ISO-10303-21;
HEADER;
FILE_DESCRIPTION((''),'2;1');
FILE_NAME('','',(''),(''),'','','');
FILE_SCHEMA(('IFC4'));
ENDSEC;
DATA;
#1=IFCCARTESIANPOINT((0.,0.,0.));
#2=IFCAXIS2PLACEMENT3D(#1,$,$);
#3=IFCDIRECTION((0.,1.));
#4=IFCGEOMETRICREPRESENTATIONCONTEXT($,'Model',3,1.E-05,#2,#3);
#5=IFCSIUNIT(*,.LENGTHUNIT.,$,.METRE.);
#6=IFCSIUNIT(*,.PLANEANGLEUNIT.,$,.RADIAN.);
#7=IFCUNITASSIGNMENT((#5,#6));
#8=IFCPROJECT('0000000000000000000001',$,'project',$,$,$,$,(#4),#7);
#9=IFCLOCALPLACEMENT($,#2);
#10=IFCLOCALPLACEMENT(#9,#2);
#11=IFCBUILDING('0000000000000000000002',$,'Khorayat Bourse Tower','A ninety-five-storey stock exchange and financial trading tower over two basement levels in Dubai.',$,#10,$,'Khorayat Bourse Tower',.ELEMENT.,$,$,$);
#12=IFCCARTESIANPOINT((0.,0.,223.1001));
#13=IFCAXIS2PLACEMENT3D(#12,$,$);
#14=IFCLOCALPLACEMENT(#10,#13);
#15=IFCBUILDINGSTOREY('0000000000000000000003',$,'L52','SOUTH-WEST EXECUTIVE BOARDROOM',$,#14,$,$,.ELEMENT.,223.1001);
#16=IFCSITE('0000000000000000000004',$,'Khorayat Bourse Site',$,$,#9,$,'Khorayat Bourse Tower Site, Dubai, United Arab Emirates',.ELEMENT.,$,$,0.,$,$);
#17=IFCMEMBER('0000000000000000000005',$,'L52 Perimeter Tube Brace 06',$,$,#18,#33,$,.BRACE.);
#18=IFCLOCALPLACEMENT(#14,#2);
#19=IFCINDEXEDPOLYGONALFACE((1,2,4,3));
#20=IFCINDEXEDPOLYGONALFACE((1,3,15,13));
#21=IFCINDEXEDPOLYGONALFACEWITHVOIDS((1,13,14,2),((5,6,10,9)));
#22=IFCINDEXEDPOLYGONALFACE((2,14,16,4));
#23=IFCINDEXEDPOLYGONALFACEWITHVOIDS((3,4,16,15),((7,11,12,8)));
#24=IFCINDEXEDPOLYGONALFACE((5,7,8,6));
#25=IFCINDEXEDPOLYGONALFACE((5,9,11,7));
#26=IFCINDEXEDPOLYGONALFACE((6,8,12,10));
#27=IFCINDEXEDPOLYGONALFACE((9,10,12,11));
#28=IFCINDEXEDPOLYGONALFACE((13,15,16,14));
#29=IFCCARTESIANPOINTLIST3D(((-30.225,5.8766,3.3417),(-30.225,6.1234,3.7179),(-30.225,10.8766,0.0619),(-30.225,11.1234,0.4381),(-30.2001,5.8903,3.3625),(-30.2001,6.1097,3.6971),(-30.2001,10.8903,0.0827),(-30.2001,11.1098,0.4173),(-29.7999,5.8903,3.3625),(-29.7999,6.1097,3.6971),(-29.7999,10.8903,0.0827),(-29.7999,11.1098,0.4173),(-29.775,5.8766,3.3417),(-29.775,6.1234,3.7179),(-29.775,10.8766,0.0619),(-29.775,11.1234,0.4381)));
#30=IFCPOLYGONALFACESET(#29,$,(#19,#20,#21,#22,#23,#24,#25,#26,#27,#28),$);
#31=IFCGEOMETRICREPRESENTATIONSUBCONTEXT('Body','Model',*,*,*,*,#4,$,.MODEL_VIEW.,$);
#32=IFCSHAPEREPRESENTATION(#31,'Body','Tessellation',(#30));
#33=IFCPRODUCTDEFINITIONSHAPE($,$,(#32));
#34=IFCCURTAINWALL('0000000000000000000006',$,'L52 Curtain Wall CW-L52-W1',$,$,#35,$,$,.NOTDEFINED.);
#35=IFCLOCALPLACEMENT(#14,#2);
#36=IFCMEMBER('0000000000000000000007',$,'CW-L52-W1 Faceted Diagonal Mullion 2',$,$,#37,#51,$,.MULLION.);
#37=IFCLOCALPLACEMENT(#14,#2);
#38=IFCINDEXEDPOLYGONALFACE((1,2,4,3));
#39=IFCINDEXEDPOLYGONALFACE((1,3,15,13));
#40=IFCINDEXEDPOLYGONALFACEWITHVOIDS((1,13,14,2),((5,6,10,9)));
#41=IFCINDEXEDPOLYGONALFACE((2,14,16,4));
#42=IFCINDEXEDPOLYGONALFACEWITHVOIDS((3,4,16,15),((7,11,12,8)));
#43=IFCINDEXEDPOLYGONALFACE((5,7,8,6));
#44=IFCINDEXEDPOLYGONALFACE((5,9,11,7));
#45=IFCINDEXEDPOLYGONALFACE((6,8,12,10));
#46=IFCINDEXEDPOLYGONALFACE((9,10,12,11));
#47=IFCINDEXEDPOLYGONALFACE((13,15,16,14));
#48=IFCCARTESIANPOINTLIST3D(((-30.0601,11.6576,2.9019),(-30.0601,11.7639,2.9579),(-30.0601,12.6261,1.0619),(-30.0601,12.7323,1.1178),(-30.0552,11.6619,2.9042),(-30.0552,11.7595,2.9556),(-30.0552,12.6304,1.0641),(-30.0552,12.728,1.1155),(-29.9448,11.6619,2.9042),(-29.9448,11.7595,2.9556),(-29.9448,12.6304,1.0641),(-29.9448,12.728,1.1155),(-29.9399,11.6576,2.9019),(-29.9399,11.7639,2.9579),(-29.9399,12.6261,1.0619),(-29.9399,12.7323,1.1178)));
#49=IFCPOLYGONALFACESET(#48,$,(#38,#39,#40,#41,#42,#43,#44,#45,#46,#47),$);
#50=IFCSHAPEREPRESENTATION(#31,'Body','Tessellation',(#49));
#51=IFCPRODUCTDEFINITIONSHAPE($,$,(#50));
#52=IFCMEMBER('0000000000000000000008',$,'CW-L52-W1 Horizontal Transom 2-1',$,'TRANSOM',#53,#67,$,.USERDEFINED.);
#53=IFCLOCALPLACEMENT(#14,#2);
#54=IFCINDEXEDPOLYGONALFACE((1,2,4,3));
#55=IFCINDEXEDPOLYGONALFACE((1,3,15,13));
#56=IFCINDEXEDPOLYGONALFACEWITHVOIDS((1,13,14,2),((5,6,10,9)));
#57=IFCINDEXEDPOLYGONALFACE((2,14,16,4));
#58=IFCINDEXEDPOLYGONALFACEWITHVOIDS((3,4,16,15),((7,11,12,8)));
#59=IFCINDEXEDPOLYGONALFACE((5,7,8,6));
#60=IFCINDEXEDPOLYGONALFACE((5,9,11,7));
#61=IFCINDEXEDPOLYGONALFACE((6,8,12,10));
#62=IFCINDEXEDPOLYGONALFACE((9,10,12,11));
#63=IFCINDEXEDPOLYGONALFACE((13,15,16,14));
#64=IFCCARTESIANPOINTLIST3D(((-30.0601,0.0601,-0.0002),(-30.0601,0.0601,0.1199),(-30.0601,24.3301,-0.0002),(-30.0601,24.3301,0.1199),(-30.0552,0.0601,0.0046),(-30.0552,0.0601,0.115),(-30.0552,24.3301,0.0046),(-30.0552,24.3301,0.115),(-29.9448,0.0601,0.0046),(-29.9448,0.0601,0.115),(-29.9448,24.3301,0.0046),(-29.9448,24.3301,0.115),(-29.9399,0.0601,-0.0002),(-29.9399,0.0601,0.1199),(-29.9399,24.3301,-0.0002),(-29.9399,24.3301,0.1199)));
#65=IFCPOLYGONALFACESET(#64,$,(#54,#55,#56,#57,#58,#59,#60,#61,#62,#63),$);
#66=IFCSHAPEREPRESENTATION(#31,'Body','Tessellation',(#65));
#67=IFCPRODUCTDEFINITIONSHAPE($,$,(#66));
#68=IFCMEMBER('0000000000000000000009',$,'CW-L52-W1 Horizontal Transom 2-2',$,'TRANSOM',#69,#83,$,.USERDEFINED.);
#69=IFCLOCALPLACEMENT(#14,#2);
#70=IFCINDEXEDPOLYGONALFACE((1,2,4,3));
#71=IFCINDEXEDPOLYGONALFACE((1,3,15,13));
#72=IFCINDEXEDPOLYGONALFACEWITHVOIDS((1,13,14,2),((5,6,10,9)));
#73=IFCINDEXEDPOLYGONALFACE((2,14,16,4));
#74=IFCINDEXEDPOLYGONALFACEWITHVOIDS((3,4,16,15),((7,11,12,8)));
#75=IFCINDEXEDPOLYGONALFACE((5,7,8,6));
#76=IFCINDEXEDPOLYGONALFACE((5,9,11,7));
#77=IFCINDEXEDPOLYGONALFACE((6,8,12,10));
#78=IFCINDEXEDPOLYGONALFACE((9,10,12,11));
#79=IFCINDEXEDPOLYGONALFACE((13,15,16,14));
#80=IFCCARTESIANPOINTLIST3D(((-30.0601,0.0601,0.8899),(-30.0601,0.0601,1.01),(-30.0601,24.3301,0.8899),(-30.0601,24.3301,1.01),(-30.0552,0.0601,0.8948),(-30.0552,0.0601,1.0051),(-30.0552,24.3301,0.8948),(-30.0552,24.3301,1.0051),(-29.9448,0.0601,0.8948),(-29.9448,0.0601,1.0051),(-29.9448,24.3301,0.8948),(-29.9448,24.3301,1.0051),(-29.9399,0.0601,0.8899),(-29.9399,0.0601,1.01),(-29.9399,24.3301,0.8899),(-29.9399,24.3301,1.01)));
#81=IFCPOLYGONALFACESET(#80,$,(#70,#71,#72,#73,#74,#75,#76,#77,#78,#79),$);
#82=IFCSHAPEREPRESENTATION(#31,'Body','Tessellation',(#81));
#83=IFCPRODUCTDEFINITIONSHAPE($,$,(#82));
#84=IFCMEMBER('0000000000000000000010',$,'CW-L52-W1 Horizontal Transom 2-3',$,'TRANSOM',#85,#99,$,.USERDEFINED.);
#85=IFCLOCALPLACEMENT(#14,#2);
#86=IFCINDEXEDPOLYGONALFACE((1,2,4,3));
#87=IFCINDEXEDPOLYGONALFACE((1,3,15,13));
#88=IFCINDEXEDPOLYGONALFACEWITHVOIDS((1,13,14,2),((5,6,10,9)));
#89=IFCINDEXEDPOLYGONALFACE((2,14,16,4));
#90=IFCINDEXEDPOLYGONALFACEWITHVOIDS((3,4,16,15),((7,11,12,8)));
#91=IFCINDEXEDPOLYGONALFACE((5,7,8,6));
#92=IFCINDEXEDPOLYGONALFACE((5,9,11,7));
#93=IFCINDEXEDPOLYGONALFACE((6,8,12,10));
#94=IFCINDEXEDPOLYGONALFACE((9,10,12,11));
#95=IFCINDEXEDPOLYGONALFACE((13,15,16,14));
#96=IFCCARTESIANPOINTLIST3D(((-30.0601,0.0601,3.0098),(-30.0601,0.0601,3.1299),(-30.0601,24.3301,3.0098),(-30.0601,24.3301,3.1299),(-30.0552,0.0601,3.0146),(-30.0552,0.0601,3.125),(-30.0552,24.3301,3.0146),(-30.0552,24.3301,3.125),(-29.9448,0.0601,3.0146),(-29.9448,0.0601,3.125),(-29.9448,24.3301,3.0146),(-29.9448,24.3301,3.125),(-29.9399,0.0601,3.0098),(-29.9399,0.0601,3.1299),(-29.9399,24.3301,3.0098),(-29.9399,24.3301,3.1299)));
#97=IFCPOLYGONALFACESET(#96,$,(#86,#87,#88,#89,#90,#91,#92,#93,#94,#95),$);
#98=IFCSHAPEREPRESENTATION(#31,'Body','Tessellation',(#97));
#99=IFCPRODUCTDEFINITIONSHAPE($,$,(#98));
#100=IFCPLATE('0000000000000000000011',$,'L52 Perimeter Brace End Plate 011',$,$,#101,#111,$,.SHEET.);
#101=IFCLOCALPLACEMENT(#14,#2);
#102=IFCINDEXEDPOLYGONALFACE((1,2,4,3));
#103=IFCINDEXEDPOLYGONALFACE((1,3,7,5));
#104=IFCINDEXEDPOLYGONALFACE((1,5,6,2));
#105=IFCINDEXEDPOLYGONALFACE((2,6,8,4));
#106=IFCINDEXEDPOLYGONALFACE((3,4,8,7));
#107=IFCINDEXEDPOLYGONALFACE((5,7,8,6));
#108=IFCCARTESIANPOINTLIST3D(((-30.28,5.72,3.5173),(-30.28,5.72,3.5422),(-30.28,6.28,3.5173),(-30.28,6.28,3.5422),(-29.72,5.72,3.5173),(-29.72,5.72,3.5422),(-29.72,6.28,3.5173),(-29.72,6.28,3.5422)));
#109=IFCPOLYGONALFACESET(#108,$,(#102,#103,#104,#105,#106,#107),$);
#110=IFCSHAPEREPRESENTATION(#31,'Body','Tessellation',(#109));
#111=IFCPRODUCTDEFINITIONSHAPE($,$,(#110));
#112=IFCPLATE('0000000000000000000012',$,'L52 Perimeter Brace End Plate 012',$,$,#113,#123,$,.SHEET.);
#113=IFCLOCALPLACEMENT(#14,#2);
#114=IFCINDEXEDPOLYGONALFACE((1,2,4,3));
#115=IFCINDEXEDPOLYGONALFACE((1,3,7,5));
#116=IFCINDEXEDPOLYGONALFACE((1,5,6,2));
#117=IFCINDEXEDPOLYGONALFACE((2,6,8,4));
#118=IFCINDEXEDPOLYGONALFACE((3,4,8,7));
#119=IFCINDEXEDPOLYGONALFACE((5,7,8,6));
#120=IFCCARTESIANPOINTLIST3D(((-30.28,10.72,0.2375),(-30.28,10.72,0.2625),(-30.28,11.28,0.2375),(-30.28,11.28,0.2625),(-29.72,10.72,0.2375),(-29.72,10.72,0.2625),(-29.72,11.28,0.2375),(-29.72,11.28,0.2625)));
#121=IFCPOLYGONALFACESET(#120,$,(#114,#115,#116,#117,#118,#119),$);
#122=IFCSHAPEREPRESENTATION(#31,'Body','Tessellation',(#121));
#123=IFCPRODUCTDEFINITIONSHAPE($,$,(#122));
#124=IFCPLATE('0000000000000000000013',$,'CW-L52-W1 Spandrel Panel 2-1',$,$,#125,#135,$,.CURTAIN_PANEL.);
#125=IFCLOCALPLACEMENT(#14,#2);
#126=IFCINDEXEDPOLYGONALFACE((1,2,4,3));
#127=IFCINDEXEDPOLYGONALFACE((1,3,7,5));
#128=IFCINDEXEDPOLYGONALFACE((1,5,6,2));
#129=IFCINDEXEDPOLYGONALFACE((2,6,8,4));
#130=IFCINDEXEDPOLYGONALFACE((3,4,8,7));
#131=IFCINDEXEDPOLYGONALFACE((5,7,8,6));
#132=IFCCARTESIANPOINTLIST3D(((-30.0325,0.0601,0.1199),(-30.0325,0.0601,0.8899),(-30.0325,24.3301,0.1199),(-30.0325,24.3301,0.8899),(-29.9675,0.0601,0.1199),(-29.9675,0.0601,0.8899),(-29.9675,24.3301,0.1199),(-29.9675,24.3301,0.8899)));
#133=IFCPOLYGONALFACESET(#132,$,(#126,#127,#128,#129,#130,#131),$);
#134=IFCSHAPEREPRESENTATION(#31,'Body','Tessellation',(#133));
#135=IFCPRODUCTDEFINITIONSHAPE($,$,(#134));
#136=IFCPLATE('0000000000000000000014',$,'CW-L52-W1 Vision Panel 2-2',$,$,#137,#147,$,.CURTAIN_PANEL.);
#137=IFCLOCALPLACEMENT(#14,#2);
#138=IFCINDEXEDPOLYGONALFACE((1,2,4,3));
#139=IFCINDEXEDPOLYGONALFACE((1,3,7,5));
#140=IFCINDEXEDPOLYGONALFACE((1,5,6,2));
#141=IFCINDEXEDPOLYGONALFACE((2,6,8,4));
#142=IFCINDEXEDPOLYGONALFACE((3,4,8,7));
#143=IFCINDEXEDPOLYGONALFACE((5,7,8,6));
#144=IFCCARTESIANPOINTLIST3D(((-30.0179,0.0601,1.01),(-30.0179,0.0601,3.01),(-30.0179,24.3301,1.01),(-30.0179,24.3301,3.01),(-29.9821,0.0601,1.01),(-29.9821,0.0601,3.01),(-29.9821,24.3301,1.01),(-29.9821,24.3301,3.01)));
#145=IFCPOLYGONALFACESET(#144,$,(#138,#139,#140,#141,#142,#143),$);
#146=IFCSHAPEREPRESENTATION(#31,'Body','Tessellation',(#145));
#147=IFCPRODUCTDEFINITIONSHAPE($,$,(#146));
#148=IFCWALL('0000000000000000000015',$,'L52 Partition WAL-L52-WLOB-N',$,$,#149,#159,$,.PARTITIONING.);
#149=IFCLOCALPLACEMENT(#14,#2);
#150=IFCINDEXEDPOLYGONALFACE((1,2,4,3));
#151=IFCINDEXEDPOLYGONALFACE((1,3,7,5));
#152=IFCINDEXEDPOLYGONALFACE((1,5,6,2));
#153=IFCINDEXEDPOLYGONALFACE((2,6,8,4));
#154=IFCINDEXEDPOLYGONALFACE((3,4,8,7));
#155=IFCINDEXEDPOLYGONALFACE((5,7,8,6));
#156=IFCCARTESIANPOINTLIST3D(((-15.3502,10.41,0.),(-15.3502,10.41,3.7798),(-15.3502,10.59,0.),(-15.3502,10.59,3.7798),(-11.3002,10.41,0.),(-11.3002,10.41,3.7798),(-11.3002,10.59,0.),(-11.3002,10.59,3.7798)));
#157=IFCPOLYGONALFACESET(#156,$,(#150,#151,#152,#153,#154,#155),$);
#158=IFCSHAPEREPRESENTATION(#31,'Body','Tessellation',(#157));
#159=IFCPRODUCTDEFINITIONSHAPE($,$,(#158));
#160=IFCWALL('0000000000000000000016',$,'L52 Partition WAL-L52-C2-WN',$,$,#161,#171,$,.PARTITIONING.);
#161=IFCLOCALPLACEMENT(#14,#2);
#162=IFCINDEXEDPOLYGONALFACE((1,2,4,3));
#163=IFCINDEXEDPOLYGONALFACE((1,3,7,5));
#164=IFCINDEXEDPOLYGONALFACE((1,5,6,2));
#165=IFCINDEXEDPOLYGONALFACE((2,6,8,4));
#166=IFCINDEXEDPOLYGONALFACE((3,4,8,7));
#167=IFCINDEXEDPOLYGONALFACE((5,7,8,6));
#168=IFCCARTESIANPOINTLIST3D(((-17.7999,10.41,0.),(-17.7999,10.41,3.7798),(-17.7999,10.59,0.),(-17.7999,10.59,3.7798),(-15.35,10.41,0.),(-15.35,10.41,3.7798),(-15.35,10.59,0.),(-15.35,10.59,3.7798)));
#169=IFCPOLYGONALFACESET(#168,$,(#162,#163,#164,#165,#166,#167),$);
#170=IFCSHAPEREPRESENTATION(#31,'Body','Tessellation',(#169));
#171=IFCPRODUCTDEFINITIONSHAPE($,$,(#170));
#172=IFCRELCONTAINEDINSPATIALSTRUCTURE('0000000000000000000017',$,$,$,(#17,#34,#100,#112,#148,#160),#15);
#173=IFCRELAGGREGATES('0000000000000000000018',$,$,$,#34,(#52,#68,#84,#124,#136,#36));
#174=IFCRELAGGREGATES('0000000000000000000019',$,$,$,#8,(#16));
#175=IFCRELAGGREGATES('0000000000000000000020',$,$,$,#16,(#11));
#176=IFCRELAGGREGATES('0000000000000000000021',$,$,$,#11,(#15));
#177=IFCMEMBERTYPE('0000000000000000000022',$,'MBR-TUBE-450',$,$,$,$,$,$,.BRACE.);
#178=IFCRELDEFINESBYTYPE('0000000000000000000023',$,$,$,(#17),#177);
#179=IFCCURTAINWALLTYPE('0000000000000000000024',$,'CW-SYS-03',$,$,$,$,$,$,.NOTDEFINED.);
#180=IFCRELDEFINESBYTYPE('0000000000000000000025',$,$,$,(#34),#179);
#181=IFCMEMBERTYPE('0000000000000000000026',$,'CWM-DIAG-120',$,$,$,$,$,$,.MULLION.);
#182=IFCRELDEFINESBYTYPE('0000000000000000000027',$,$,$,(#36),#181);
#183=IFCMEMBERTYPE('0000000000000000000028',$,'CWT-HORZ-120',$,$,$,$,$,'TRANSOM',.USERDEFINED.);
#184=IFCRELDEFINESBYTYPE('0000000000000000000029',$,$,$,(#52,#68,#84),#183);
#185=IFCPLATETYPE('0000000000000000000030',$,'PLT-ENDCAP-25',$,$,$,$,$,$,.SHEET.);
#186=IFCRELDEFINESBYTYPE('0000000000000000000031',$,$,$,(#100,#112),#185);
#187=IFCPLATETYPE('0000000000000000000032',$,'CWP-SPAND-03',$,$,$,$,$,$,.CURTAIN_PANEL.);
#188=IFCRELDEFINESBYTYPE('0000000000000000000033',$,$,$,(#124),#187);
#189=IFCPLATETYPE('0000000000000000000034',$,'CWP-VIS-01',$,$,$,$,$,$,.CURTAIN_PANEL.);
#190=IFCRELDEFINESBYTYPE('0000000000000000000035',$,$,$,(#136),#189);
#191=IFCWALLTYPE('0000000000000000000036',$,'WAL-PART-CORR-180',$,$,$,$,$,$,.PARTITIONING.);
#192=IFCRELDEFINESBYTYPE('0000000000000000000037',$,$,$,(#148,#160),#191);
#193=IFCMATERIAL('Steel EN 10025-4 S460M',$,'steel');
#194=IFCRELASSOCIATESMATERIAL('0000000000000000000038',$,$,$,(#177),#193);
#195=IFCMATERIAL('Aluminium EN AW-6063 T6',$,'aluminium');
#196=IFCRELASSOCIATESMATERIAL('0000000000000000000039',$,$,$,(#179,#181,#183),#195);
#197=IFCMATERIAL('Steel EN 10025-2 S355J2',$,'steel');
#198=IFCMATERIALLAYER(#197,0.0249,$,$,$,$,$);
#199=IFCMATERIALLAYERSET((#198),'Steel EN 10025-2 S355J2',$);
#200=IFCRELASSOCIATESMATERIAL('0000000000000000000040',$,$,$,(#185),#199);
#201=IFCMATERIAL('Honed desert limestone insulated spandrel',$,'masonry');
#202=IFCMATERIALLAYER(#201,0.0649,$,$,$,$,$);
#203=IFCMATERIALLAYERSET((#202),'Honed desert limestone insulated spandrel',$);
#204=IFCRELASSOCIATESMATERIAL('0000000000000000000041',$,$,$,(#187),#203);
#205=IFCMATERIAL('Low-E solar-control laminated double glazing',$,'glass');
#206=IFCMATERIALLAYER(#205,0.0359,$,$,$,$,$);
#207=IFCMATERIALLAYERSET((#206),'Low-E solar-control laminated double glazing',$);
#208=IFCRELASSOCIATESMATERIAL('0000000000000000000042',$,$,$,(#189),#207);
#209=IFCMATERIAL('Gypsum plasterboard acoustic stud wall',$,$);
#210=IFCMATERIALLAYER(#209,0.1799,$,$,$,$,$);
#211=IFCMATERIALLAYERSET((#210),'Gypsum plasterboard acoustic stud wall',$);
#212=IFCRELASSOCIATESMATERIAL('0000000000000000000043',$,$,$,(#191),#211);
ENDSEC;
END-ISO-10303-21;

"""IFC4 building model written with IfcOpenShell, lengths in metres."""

from ifc_helpers import new_model, si_unit, direction, frame, frame_2d, origin, origin_2d, place, context, subcontext, project, spatial, rectangle, hollow_rectangle, extrude, source, transform, mapped, material, layer, layer_set, material_profile, profile_set, type_object, element, aggregate, save


model = new_model("IFC4")

# Units and contexts
model_context = context("Model", 3, precision=1e-05, world=origin(), true_north=direction((0.0, 1.0)))
body_context = subcontext(model_context, "Body", "Model", "MODEL_VIEW")
ifc_project = project(units=[si_unit("LENGTHUNIT", "METRE"), si_unit("PLANEANGLEUNIT", "RADIAN")], contexts=[model_context])

# Site, building, storey
site_placement = place(None, origin())
site = spatial("IfcSite", under=ifc_project, at=site_placement, Name="Khorayat Bourse Site", LongName="Khorayat Bourse Tower Site, Dubai, United Arab Emirates", CompositionType="ELEMENT", RefElevation=0.0)
building_placement = place(site_placement, origin())
building = spatial("IfcBuilding", under=site, at=building_placement, Name="Khorayat Bourse Tower", Description="A ninety-five-storey stock exchange and financial trading tower over two basement levels in Dubai.", LongName="Khorayat Bourse Tower", CompositionType="ELEMENT")
storey_placement = place(building_placement, frame((0.0, 0.0, 223.1001)))
storey = spatial("IfcBuildingStorey", under=building, at=storey_placement, Name="L52", Description="SOUTH-WEST EXECUTIVE BOARDROOM", CompositionType="ELEMENT", Elevation=223.1001)

# Shared definitions
ifc_material_1 = material(Name="Steel EN 10025-4 S460M", Category="steel")

# Member
ifc_material_profile_1 = material_profile(ifc_material_1, hollow_rectangle(XDim=0.45, YDim=0.45, WallThickness=0.0249, at=origin_2d()), Name="HSS 450x450x25")
ifc_profile_set_1 = profile_set([ifc_material_profile_1], Name="Steel EN 10025-4 S460M")
member_type_1 = type_object("IfcMemberType", Name="MBR-TUBE-450", PredefinedType="BRACE", material=ifc_profile_set_1)
shared_shape_1 = source(origin(), body_context, "Body", "SweptSolid", [
    extrude(hollow_rectangle(XDim=0.45, YDim=0.45, WallThickness=0.0249, at=origin_2d()), origin(), (0.0, 0.0, 1.0), 5.9797),
])
member_1_placement = place(storey_placement, frame((-30.0, 6.0, 3.5298), z_axis=(0.0, 0.83616, -0.548485), x_axis=(-1.0, 0.0, 0.0)))
element("IfcMember", 1, at=member_1_placement, inside=storey, type_object=member_type_1, Name="L52 Perimeter Tube Brace 06", PredefinedType="BRACE", context=body_context, shape_type="MappedRepresentation", body=[
    mapped(shared_shape_1, transform((0.0, 0.0, 0.0), scale=1.0)),
])

# Curtain wall, members
ifc_material_2 = material(Name="Aluminium EN AW-6063 T6", Category="aluminium")
curtain_wall_type = type_object("IfcCurtainWallType", Name="CW-SYS-03", PredefinedType="NOTDEFINED", material=ifc_material_2)
curtain_wall_placement = place(storey_placement, origin())
curtain_wall = element("IfcCurtainWall", 2, at=curtain_wall_placement, inside=storey, type_object=curtain_wall_type, Name="L52 Curtain Wall CW-L52-W1", PredefinedType="NOTDEFINED")
ifc_material_profile_2 = material_profile(ifc_material_2, hollow_rectangle(XDim=0.1201, YDim=0.1201, WallThickness=0.0049, at=origin_2d()), Name="ALU 120x120x5")
ifc_profile_set_2 = profile_set([ifc_material_profile_2], Name="Aluminium EN AW-6063 T6")
member_type_2 = type_object("IfcMemberType", Name="CWM-DIAG-120", PredefinedType="MULLION", material=ifc_profile_set_2)
shared_shape_2 = source(origin(), body_context, "Body", "SweptSolid", [
    extrude(hollow_rectangle(XDim=0.1201, YDim=0.1201, WallThickness=0.0049, at=origin_2d()), origin(), (0.0, 0.0, 1.0), 2.0793),
])
member_2_placement = place(storey_placement, frame((-30.0, 12.6792, 1.0898), z_axis=(0.0, -0.465761, 0.884911), x_axis=(1.0, 0.0, 0.0)))
member_2 = element("IfcMember", 3, at=member_2_placement, type_object=member_type_2, Name="CW-L52-W1 Faceted Diagonal Mullion 2", PredefinedType="MULLION", context=body_context, shape_type="MappedRepresentation", body=[
    mapped(shared_shape_2, transform((0.0, 0.0, 0.0), scale=1.0)),
])
ifc_material_profile_3 = material_profile(ifc_material_2, hollow_rectangle(XDim=0.1201, YDim=0.1201, WallThickness=0.0049, at=origin_2d()), Name="ALU 120x120x5")
ifc_profile_set_3 = profile_set([ifc_material_profile_3], Name="Aluminium EN AW-6063 T6")
member_type_3 = type_object("IfcMemberType", Name="CWT-HORZ-120", ElementType="TRANSOM", PredefinedType="USERDEFINED", material=ifc_profile_set_3)
shared_shape_3 = source(origin(), body_context, "Body", "SweptSolid", [
    extrude(hollow_rectangle(XDim=0.1201, YDim=0.1201, WallThickness=0.0049, at=origin_2d()), origin(), (0.0, 0.0, 1.0), 24.27),
])
member_3_placement = place(storey_placement, frame((-30.0, 0.0601, 0.0598), z_axis=(0.0, 1.0, 0.0), x_axis=(-1.0, 0.0, 0.0)))
member_3 = element("IfcMember", 4, at=member_3_placement, type_object=member_type_3, Name="CW-L52-W1 Horizontal Transom 2-1", ObjectType="TRANSOM", PredefinedType="USERDEFINED", context=body_context, shape_type="MappedRepresentation", body=[
    mapped(shared_shape_3, transform((0.0, 0.0, 0.0), scale=1.0)),
])
member_4_placement = place(storey_placement, frame((-30.0, 0.0601, 0.95), z_axis=(0.0, 1.0, 0.0), x_axis=(-1.0, 0.0, 0.0)))
member_4 = element("IfcMember", 5, at=member_4_placement, type_object=member_type_3, Name="CW-L52-W1 Horizontal Transom 2-2", ObjectType="TRANSOM", PredefinedType="USERDEFINED", context=body_context, shape_type="MappedRepresentation", body=[
    mapped(shared_shape_3, transform((0.0, 0.0, 0.0), scale=1.0)),
])
member_5_placement = place(storey_placement, frame((-30.0, 0.0601, 3.0698), z_axis=(0.0, 1.0, 0.0), x_axis=(-1.0, 0.0, 0.0)))
member_5 = element("IfcMember", 6, at=member_5_placement, type_object=member_type_3, Name="CW-L52-W1 Horizontal Transom 2-3", ObjectType="TRANSOM", PredefinedType="USERDEFINED", context=body_context, shape_type="MappedRepresentation", body=[
    mapped(shared_shape_3, transform((0.0, 0.0, 0.0), scale=1.0)),
])

# Plates
ifc_material_3 = material(Name="Steel EN 10025-2 S355J2", Category="steel")
ifc_layer_1 = layer(ifc_material_3, 0.0249)
ifc_layer_set_1 = layer_set([ifc_layer_1], Name="Steel EN 10025-2 S355J2")
plate_type_1 = type_object("IfcPlateType", Name="PLT-ENDCAP-25", PredefinedType="SHEET", material=ifc_layer_set_1)
shared_shape_4 = source(origin(), body_context, "Body", "SweptSolid", [
    extrude(rectangle(XDim=0.5601, YDim=0.5601, at=origin_2d()), origin(), (0.0, 0.0, 1.0), 0.0249),
])
for number, where, z_axis, x_axis, name in (
    (7, (-30.0, 6.0, 3.5173), (0.0, 0.0, 1.0), (1.0, 0.0, 0.0), "L52 Perimeter Brace End Plate 011"),
    (8, (-30.0, 11.0, 0.2375), (0.0, 0.0, 1.0), (1.0, 0.0, 0.0), "L52 Perimeter Brace End Plate 012"),
):
    element("IfcPlate", number, at=place(storey_placement, frame(where, z_axis=z_axis, x_axis=x_axis)), inside=storey, type_object=plate_type_1, Name=name, PredefinedType="SHEET", context=body_context, shape_type="MappedRepresentation", body=[
        mapped(shared_shape_4, transform((0.0, 0.0, 0.0), scale=1.0)),
    ])

# Plates
ifc_material_4 = material(Name="Honed desert limestone insulated spandrel", Category="masonry")
ifc_layer_2 = layer(ifc_material_4, 0.0649)
ifc_layer_set_2 = layer_set([ifc_layer_2], Name="Honed desert limestone insulated spandrel")
plate_type_2 = type_object("IfcPlateType", Name="CWP-SPAND-03", PredefinedType="CURTAIN_PANEL", material=ifc_layer_set_2)
shared_shape_5 = source(origin(), body_context, "Body", "SweptSolid", [
    extrude(rectangle(XDim=24.27, YDim=0.0649, at=origin_2d()), origin(), (0.0, 0.0, 1.0), 0.77),
])
plate_1_placement = place(storey_placement, frame((-30.0, 12.1951, 0.1199), z_axis=(0.0, 0.0, 1.0), x_axis=(0.0, 1.0, 0.0)))
plate_1 = element("IfcPlate", 9, at=plate_1_placement, type_object=plate_type_2, Name="CW-L52-W1 Spandrel Panel 2-1", PredefinedType="CURTAIN_PANEL", context=body_context, shape_type="MappedRepresentation", body=[
    mapped(shared_shape_5, transform((0.0, 0.0, 0.0), scale=1.0)),
])
ifc_material_5 = material(Name="Low-E solar-control laminated double glazing", Category="glass")
ifc_layer_3 = layer(ifc_material_5, 0.0359)
ifc_layer_set_3 = layer_set([ifc_layer_3], Name="Low-E solar-control laminated double glazing")
plate_type_3 = type_object("IfcPlateType", Name="CWP-VIS-01", PredefinedType="CURTAIN_PANEL", material=ifc_layer_set_3)
shared_shape_6 = source(origin(), body_context, "Body", "SweptSolid", [
    extrude(rectangle(XDim=24.27, YDim=0.0359, at=origin_2d()), origin(), (0.0, 0.0, 1.0), 2.0),
])
plate_2_placement = place(storey_placement, frame((-30.0, 12.1951, 1.01), z_axis=(0.0, 0.0, 1.0), x_axis=(0.0, 1.0, 0.0)))
plate_2 = element("IfcPlate", 10, at=plate_2_placement, type_object=plate_type_3, Name="CW-L52-W1 Vision Panel 2-2", PredefinedType="CURTAIN_PANEL", context=body_context, shape_type="MappedRepresentation", body=[
    mapped(shared_shape_6, transform((0.0, 0.0, 0.0), scale=1.0)),
])
aggregate(curtain_wall, [member_3, member_4, member_5, plate_1, plate_2, member_2])

# Walls
ifc_material_6 = material(Name="Gypsum plasterboard acoustic stud wall")
ifc_layer_4 = layer(ifc_material_6, 0.1799)
ifc_layer_set_4 = layer_set([ifc_layer_4], Name="Gypsum plasterboard acoustic stud wall")
wall_type = type_object("IfcWallType", Name="WAL-PART-CORR-180", PredefinedType="PARTITIONING", material=ifc_layer_set_4)
shared_shape_7 = source(origin(), body_context, "Body", "SweptSolid", [
    extrude(rectangle(XDim=4.05, YDim=0.1799, at=frame_2d((2.0249, 0.0))), origin(), (0.0, 0.0, 1.0), 3.7798),
])
wall_1_placement = place(storey_placement, frame((-15.3501, 10.5, 0.0), z_axis=(0.0, 0.0, 1.0), x_axis=(1.0, 0.0, 0.0)))
element("IfcWall", 11, at=wall_1_placement, inside=storey, type_object=wall_type, Name="L52 Partition WAL-L52-WLOB-N", PredefinedType="PARTITIONING", context=body_context, shape_type="MappedRepresentation", body=[
    mapped(shared_shape_7, transform((0.0, 0.0, 0.0), scale=1.0)),
])
shared_shape_8 = source(origin(), body_context, "Body", "SweptSolid", [
    extrude(rectangle(XDim=2.45, YDim=0.1799, at=frame_2d((1.2251, 0.0))), origin(), (0.0, 0.0, 1.0), 3.7798),
])
wall_2_placement = place(storey_placement, frame((-17.8, 10.5, 0.0), z_axis=(0.0, 0.0, 1.0), x_axis=(1.0, 0.0, 0.0)))
element("IfcWall", 12, at=wall_2_placement, inside=storey, type_object=wall_type, Name="L52 Partition WAL-L52-C2-WN", PredefinedType="PARTITIONING", context=body_context, shape_type="MappedRepresentation", body=[
    mapped(shared_shape_8, transform((0.0, 0.0, 0.0), scale=1.0)),
])

save(model, "model.ifc")
